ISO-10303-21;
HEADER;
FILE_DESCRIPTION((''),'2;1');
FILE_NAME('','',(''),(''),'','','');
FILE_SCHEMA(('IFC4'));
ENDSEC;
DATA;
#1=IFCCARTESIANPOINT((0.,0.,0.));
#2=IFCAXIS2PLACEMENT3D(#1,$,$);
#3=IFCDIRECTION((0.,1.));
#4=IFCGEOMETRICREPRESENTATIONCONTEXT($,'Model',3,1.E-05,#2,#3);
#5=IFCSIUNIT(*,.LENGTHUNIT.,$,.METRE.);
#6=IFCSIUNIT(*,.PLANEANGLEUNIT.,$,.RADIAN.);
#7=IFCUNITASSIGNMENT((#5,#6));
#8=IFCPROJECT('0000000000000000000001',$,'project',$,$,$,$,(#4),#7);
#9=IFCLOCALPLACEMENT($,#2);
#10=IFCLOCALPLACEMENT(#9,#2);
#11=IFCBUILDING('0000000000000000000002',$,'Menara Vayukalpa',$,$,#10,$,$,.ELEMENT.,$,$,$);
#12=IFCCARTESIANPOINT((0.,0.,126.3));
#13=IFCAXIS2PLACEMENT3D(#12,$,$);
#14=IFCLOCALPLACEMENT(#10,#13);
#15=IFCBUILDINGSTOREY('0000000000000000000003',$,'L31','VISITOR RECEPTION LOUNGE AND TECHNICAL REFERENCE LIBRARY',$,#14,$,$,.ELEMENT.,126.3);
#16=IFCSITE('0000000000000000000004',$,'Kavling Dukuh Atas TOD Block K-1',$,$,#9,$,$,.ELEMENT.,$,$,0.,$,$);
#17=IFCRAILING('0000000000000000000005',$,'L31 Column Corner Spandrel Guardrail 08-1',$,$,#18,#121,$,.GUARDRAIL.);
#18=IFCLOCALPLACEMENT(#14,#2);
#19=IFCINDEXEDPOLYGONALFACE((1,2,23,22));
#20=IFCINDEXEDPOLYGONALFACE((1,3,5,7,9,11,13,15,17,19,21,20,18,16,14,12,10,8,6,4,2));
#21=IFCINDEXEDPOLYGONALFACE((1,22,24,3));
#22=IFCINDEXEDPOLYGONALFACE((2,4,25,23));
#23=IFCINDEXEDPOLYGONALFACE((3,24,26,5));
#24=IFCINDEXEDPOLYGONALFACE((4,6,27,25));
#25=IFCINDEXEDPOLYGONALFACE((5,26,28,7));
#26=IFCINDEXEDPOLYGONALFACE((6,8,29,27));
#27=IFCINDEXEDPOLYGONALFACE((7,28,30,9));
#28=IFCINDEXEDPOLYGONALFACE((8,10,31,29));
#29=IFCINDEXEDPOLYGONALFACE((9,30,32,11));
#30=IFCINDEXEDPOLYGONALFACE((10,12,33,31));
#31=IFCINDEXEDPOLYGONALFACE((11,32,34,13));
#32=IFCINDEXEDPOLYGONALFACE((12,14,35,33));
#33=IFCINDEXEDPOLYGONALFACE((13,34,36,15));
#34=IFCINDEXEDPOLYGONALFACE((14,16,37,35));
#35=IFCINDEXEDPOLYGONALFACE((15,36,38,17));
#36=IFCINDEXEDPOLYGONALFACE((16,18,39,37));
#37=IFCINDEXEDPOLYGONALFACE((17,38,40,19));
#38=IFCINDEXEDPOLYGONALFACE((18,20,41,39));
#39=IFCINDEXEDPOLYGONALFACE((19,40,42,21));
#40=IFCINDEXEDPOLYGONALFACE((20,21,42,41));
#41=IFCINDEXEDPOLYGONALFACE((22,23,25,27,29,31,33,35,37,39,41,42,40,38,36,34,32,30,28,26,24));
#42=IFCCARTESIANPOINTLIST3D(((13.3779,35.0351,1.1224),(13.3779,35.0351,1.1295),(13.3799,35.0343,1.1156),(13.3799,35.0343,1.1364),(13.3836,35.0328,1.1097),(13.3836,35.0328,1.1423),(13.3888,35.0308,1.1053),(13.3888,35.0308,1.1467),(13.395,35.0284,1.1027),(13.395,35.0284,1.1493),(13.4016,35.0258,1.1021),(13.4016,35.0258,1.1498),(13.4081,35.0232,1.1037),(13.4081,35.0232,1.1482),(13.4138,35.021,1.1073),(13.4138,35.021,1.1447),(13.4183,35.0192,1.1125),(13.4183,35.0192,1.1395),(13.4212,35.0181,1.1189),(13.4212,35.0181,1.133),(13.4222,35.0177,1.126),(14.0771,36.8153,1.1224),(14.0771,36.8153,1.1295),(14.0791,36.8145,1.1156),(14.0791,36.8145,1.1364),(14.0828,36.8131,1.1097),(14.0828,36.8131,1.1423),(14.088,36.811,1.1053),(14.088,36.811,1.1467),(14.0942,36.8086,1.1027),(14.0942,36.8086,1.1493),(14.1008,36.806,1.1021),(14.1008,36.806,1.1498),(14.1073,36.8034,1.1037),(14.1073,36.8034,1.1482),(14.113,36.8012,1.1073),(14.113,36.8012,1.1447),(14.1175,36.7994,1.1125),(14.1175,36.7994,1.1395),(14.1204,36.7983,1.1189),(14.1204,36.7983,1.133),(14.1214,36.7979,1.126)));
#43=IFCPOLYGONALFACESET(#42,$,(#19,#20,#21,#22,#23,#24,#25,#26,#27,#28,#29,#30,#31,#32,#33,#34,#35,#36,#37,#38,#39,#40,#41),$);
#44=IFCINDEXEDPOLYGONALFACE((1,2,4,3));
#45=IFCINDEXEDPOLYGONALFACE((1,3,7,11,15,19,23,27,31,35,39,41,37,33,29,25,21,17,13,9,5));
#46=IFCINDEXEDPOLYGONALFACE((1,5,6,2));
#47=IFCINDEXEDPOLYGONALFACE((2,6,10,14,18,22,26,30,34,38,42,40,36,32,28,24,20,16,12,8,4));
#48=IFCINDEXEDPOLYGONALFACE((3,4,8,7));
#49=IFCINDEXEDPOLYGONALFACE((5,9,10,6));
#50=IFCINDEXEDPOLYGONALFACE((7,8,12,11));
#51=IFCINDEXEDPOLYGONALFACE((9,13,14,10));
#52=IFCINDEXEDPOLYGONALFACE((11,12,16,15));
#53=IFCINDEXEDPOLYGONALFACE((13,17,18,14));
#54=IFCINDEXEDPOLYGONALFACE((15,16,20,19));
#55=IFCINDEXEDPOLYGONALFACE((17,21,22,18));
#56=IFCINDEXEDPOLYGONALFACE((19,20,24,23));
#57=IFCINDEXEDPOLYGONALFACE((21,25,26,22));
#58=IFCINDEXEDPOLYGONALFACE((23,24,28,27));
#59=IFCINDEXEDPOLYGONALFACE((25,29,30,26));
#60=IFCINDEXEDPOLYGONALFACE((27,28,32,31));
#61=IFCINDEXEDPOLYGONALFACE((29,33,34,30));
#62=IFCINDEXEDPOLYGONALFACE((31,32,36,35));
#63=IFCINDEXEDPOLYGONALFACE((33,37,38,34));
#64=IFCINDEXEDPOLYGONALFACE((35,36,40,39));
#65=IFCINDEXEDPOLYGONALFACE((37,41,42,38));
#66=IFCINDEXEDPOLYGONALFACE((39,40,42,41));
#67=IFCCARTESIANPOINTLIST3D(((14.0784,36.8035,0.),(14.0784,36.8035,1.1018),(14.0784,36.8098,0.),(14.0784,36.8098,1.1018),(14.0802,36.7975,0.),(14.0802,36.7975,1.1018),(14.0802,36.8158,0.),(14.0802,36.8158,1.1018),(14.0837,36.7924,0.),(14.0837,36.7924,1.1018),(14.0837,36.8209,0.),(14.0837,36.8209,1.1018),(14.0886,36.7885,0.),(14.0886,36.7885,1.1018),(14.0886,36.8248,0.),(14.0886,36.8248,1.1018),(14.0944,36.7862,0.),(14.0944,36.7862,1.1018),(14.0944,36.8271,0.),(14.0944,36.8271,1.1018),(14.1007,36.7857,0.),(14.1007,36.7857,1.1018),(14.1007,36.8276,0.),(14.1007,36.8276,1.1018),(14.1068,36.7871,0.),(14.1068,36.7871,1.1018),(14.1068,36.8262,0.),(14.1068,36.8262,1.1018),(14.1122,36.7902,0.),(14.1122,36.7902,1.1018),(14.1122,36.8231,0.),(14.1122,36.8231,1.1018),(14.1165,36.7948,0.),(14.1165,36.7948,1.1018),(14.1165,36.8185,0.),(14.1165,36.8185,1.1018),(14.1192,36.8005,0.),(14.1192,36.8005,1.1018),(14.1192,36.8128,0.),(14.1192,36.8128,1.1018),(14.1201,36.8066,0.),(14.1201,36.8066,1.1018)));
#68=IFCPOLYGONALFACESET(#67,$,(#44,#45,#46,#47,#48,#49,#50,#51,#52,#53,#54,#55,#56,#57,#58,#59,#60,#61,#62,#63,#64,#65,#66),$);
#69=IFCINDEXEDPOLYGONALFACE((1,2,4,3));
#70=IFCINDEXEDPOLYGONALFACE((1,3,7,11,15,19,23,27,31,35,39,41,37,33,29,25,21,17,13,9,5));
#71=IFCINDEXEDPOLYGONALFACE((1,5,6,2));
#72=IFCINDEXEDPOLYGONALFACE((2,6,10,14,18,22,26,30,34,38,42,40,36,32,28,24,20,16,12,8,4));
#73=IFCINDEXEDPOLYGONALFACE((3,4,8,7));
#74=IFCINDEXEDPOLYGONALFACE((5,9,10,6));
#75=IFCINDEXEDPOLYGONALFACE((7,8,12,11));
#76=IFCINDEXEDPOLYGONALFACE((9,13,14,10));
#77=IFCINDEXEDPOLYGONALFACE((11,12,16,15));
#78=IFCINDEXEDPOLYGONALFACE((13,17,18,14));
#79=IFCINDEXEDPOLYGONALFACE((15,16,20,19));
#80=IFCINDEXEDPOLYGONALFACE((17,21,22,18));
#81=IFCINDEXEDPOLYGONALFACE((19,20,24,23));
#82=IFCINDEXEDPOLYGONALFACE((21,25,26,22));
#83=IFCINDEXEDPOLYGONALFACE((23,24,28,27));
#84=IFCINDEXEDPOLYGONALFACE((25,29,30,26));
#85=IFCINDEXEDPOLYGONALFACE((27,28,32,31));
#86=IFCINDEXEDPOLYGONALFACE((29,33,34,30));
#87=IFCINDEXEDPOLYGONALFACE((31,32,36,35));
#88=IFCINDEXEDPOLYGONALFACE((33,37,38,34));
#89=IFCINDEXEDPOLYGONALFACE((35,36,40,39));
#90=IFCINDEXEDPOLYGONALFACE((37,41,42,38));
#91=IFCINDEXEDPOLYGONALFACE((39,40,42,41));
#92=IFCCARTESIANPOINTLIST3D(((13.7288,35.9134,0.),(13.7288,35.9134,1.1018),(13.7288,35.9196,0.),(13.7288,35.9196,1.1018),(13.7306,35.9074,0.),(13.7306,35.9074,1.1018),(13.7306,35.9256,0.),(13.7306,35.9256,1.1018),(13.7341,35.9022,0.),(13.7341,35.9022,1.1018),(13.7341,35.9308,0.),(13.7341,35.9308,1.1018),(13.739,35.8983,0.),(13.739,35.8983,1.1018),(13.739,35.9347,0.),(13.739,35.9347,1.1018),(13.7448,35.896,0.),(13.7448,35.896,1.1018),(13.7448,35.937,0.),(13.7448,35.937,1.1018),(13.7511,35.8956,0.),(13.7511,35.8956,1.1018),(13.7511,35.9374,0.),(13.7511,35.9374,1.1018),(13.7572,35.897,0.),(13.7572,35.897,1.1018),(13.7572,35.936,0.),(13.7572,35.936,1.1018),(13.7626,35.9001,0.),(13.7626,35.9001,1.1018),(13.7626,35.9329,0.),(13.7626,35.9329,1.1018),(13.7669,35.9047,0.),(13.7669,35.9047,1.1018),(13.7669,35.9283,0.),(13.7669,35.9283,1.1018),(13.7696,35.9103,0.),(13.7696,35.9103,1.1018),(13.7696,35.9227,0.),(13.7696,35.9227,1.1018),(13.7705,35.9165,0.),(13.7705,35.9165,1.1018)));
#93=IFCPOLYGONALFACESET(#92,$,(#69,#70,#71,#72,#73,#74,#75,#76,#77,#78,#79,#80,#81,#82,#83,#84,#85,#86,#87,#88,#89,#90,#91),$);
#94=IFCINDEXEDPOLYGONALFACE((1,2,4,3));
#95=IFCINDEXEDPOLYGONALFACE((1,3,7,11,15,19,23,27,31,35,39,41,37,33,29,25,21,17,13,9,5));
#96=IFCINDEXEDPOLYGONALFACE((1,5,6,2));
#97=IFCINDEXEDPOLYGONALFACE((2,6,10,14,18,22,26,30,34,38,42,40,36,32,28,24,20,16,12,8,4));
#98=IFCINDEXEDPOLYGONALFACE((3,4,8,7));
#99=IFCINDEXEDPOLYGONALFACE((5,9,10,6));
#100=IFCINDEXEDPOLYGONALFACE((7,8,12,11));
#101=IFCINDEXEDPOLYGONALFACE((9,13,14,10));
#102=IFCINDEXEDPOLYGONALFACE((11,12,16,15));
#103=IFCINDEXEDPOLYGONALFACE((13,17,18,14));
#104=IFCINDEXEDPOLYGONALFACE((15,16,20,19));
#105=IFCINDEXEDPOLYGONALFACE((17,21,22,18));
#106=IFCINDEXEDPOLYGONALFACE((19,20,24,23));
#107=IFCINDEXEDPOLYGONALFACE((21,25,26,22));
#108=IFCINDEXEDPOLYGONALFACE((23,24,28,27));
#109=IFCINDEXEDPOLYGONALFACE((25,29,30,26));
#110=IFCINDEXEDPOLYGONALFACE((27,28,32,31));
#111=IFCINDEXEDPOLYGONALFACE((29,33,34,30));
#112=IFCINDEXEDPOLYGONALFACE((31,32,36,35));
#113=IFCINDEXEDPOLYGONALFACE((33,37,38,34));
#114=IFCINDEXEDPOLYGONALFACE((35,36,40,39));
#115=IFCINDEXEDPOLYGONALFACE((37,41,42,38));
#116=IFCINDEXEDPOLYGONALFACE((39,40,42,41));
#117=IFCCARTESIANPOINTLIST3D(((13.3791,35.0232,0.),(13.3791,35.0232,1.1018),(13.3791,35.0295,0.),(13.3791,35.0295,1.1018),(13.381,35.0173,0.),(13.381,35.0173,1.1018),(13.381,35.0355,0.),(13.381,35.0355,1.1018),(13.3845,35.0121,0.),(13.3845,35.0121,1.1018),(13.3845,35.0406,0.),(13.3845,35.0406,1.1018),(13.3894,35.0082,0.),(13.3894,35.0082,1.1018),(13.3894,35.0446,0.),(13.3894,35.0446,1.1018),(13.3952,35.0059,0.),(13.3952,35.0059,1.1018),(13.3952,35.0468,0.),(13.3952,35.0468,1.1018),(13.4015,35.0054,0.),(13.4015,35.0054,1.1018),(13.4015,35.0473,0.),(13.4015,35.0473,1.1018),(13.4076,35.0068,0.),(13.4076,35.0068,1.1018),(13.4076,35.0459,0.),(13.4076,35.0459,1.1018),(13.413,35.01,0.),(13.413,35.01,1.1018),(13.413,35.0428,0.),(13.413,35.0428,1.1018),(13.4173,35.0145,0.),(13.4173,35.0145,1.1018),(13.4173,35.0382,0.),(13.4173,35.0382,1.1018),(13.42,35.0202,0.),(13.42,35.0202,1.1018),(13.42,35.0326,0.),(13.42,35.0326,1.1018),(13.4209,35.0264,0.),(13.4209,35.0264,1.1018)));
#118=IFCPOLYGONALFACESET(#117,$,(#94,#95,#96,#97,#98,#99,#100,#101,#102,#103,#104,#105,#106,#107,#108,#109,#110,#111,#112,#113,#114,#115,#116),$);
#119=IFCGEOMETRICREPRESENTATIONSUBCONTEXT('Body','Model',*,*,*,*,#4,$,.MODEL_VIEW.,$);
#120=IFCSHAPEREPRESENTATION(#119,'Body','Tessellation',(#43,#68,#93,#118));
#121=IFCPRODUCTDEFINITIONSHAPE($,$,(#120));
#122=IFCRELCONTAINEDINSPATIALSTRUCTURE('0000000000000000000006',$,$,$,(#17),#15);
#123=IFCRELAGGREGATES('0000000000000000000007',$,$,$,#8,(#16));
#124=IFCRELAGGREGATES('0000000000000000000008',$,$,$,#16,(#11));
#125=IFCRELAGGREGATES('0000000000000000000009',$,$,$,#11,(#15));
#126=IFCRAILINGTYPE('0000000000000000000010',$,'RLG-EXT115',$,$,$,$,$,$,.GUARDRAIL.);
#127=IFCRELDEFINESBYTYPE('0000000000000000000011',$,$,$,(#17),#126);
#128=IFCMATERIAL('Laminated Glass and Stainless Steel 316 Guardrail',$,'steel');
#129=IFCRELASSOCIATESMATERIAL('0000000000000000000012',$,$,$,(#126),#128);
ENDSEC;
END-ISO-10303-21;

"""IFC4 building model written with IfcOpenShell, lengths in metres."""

from ifc_helpers import new_model, si_unit, direction, frame, origin, origin_2d, place, context, subcontext, project, spatial, circle, extrude, material, type_object, element, save


model = new_model("IFC4")

# Units and contexts
model_context = context("Model", 3, precision=1e-05, world=origin(), true_north=direction((0.0, 1.0)))
body_context = subcontext(model_context, "Body", "Model", "MODEL_VIEW")
ifc_project = project(units=[si_unit("LENGTHUNIT", "METRE"), si_unit("PLANEANGLEUNIT", "RADIAN")], contexts=[model_context])

# Site, building, storey
site_placement = place(None, origin())
site = spatial("IfcSite", under=ifc_project, at=site_placement, Name="Kavling Dukuh Atas TOD Block K-1", CompositionType="ELEMENT", RefElevation=0.0)
building_placement = place(site_placement, origin())
building = spatial("IfcBuilding", under=site, at=building_placement, Name="Menara Vayukalpa", CompositionType="ELEMENT")
storey_placement = place(building_placement, frame((0.0, 0.0, 126.3)))
storey = spatial("IfcBuildingStorey", under=building, at=storey_placement, Name="L31", Description="VISITOR RECEPTION LOUNGE AND TECHNICAL REFERENCE LIBRARY", CompositionType="ELEMENT", Elevation=126.3)

# Railing
ifc_material_1 = material(Name="Laminated Glass and Stainless Steel 316 Guardrail", Category="steel")
railing_type = type_object("IfcRailingType", Name="RLG-EXT115", PredefinedType="GUARDRAIL", material=ifc_material_1)
railing_1_placement = place(storey_placement, frame((14.0991, 36.8066, 0.0)))
element("IfcRailing", 1, at=railing_1_placement, inside=storey, type_object=railing_type, Name="L31 Column Corner Spandrel Guardrail 08-1", PredefinedType="GUARDRAIL", context=body_context, shape_type="SweptSolid", body=[
    extrude(circle(Radius=0.0239, at=origin_2d()), frame((0.0, 0.0, 1.126), z_axis=(-0.365573, -0.930783, 0.0), x_axis=(0.930783, -0.365573, 0.0)), (0.0, 0.0, 1.0), 1.9126),
    extrude(circle(Radius=0.021, at=origin_2d()), origin(), (0.0, 0.0, 1.0), 1.1018),
    extrude(circle(Radius=0.021, at=origin_2d()), frame((-0.3496, -0.8901, 0.0)), (0.0, 0.0, 1.0), 1.1018),
    extrude(circle(Radius=0.021, at=origin_2d()), frame((-0.6992, -1.7803, 0.0)), (0.0, 0.0, 1.0), 1.1018),
])

save(model, "model.ifc")
